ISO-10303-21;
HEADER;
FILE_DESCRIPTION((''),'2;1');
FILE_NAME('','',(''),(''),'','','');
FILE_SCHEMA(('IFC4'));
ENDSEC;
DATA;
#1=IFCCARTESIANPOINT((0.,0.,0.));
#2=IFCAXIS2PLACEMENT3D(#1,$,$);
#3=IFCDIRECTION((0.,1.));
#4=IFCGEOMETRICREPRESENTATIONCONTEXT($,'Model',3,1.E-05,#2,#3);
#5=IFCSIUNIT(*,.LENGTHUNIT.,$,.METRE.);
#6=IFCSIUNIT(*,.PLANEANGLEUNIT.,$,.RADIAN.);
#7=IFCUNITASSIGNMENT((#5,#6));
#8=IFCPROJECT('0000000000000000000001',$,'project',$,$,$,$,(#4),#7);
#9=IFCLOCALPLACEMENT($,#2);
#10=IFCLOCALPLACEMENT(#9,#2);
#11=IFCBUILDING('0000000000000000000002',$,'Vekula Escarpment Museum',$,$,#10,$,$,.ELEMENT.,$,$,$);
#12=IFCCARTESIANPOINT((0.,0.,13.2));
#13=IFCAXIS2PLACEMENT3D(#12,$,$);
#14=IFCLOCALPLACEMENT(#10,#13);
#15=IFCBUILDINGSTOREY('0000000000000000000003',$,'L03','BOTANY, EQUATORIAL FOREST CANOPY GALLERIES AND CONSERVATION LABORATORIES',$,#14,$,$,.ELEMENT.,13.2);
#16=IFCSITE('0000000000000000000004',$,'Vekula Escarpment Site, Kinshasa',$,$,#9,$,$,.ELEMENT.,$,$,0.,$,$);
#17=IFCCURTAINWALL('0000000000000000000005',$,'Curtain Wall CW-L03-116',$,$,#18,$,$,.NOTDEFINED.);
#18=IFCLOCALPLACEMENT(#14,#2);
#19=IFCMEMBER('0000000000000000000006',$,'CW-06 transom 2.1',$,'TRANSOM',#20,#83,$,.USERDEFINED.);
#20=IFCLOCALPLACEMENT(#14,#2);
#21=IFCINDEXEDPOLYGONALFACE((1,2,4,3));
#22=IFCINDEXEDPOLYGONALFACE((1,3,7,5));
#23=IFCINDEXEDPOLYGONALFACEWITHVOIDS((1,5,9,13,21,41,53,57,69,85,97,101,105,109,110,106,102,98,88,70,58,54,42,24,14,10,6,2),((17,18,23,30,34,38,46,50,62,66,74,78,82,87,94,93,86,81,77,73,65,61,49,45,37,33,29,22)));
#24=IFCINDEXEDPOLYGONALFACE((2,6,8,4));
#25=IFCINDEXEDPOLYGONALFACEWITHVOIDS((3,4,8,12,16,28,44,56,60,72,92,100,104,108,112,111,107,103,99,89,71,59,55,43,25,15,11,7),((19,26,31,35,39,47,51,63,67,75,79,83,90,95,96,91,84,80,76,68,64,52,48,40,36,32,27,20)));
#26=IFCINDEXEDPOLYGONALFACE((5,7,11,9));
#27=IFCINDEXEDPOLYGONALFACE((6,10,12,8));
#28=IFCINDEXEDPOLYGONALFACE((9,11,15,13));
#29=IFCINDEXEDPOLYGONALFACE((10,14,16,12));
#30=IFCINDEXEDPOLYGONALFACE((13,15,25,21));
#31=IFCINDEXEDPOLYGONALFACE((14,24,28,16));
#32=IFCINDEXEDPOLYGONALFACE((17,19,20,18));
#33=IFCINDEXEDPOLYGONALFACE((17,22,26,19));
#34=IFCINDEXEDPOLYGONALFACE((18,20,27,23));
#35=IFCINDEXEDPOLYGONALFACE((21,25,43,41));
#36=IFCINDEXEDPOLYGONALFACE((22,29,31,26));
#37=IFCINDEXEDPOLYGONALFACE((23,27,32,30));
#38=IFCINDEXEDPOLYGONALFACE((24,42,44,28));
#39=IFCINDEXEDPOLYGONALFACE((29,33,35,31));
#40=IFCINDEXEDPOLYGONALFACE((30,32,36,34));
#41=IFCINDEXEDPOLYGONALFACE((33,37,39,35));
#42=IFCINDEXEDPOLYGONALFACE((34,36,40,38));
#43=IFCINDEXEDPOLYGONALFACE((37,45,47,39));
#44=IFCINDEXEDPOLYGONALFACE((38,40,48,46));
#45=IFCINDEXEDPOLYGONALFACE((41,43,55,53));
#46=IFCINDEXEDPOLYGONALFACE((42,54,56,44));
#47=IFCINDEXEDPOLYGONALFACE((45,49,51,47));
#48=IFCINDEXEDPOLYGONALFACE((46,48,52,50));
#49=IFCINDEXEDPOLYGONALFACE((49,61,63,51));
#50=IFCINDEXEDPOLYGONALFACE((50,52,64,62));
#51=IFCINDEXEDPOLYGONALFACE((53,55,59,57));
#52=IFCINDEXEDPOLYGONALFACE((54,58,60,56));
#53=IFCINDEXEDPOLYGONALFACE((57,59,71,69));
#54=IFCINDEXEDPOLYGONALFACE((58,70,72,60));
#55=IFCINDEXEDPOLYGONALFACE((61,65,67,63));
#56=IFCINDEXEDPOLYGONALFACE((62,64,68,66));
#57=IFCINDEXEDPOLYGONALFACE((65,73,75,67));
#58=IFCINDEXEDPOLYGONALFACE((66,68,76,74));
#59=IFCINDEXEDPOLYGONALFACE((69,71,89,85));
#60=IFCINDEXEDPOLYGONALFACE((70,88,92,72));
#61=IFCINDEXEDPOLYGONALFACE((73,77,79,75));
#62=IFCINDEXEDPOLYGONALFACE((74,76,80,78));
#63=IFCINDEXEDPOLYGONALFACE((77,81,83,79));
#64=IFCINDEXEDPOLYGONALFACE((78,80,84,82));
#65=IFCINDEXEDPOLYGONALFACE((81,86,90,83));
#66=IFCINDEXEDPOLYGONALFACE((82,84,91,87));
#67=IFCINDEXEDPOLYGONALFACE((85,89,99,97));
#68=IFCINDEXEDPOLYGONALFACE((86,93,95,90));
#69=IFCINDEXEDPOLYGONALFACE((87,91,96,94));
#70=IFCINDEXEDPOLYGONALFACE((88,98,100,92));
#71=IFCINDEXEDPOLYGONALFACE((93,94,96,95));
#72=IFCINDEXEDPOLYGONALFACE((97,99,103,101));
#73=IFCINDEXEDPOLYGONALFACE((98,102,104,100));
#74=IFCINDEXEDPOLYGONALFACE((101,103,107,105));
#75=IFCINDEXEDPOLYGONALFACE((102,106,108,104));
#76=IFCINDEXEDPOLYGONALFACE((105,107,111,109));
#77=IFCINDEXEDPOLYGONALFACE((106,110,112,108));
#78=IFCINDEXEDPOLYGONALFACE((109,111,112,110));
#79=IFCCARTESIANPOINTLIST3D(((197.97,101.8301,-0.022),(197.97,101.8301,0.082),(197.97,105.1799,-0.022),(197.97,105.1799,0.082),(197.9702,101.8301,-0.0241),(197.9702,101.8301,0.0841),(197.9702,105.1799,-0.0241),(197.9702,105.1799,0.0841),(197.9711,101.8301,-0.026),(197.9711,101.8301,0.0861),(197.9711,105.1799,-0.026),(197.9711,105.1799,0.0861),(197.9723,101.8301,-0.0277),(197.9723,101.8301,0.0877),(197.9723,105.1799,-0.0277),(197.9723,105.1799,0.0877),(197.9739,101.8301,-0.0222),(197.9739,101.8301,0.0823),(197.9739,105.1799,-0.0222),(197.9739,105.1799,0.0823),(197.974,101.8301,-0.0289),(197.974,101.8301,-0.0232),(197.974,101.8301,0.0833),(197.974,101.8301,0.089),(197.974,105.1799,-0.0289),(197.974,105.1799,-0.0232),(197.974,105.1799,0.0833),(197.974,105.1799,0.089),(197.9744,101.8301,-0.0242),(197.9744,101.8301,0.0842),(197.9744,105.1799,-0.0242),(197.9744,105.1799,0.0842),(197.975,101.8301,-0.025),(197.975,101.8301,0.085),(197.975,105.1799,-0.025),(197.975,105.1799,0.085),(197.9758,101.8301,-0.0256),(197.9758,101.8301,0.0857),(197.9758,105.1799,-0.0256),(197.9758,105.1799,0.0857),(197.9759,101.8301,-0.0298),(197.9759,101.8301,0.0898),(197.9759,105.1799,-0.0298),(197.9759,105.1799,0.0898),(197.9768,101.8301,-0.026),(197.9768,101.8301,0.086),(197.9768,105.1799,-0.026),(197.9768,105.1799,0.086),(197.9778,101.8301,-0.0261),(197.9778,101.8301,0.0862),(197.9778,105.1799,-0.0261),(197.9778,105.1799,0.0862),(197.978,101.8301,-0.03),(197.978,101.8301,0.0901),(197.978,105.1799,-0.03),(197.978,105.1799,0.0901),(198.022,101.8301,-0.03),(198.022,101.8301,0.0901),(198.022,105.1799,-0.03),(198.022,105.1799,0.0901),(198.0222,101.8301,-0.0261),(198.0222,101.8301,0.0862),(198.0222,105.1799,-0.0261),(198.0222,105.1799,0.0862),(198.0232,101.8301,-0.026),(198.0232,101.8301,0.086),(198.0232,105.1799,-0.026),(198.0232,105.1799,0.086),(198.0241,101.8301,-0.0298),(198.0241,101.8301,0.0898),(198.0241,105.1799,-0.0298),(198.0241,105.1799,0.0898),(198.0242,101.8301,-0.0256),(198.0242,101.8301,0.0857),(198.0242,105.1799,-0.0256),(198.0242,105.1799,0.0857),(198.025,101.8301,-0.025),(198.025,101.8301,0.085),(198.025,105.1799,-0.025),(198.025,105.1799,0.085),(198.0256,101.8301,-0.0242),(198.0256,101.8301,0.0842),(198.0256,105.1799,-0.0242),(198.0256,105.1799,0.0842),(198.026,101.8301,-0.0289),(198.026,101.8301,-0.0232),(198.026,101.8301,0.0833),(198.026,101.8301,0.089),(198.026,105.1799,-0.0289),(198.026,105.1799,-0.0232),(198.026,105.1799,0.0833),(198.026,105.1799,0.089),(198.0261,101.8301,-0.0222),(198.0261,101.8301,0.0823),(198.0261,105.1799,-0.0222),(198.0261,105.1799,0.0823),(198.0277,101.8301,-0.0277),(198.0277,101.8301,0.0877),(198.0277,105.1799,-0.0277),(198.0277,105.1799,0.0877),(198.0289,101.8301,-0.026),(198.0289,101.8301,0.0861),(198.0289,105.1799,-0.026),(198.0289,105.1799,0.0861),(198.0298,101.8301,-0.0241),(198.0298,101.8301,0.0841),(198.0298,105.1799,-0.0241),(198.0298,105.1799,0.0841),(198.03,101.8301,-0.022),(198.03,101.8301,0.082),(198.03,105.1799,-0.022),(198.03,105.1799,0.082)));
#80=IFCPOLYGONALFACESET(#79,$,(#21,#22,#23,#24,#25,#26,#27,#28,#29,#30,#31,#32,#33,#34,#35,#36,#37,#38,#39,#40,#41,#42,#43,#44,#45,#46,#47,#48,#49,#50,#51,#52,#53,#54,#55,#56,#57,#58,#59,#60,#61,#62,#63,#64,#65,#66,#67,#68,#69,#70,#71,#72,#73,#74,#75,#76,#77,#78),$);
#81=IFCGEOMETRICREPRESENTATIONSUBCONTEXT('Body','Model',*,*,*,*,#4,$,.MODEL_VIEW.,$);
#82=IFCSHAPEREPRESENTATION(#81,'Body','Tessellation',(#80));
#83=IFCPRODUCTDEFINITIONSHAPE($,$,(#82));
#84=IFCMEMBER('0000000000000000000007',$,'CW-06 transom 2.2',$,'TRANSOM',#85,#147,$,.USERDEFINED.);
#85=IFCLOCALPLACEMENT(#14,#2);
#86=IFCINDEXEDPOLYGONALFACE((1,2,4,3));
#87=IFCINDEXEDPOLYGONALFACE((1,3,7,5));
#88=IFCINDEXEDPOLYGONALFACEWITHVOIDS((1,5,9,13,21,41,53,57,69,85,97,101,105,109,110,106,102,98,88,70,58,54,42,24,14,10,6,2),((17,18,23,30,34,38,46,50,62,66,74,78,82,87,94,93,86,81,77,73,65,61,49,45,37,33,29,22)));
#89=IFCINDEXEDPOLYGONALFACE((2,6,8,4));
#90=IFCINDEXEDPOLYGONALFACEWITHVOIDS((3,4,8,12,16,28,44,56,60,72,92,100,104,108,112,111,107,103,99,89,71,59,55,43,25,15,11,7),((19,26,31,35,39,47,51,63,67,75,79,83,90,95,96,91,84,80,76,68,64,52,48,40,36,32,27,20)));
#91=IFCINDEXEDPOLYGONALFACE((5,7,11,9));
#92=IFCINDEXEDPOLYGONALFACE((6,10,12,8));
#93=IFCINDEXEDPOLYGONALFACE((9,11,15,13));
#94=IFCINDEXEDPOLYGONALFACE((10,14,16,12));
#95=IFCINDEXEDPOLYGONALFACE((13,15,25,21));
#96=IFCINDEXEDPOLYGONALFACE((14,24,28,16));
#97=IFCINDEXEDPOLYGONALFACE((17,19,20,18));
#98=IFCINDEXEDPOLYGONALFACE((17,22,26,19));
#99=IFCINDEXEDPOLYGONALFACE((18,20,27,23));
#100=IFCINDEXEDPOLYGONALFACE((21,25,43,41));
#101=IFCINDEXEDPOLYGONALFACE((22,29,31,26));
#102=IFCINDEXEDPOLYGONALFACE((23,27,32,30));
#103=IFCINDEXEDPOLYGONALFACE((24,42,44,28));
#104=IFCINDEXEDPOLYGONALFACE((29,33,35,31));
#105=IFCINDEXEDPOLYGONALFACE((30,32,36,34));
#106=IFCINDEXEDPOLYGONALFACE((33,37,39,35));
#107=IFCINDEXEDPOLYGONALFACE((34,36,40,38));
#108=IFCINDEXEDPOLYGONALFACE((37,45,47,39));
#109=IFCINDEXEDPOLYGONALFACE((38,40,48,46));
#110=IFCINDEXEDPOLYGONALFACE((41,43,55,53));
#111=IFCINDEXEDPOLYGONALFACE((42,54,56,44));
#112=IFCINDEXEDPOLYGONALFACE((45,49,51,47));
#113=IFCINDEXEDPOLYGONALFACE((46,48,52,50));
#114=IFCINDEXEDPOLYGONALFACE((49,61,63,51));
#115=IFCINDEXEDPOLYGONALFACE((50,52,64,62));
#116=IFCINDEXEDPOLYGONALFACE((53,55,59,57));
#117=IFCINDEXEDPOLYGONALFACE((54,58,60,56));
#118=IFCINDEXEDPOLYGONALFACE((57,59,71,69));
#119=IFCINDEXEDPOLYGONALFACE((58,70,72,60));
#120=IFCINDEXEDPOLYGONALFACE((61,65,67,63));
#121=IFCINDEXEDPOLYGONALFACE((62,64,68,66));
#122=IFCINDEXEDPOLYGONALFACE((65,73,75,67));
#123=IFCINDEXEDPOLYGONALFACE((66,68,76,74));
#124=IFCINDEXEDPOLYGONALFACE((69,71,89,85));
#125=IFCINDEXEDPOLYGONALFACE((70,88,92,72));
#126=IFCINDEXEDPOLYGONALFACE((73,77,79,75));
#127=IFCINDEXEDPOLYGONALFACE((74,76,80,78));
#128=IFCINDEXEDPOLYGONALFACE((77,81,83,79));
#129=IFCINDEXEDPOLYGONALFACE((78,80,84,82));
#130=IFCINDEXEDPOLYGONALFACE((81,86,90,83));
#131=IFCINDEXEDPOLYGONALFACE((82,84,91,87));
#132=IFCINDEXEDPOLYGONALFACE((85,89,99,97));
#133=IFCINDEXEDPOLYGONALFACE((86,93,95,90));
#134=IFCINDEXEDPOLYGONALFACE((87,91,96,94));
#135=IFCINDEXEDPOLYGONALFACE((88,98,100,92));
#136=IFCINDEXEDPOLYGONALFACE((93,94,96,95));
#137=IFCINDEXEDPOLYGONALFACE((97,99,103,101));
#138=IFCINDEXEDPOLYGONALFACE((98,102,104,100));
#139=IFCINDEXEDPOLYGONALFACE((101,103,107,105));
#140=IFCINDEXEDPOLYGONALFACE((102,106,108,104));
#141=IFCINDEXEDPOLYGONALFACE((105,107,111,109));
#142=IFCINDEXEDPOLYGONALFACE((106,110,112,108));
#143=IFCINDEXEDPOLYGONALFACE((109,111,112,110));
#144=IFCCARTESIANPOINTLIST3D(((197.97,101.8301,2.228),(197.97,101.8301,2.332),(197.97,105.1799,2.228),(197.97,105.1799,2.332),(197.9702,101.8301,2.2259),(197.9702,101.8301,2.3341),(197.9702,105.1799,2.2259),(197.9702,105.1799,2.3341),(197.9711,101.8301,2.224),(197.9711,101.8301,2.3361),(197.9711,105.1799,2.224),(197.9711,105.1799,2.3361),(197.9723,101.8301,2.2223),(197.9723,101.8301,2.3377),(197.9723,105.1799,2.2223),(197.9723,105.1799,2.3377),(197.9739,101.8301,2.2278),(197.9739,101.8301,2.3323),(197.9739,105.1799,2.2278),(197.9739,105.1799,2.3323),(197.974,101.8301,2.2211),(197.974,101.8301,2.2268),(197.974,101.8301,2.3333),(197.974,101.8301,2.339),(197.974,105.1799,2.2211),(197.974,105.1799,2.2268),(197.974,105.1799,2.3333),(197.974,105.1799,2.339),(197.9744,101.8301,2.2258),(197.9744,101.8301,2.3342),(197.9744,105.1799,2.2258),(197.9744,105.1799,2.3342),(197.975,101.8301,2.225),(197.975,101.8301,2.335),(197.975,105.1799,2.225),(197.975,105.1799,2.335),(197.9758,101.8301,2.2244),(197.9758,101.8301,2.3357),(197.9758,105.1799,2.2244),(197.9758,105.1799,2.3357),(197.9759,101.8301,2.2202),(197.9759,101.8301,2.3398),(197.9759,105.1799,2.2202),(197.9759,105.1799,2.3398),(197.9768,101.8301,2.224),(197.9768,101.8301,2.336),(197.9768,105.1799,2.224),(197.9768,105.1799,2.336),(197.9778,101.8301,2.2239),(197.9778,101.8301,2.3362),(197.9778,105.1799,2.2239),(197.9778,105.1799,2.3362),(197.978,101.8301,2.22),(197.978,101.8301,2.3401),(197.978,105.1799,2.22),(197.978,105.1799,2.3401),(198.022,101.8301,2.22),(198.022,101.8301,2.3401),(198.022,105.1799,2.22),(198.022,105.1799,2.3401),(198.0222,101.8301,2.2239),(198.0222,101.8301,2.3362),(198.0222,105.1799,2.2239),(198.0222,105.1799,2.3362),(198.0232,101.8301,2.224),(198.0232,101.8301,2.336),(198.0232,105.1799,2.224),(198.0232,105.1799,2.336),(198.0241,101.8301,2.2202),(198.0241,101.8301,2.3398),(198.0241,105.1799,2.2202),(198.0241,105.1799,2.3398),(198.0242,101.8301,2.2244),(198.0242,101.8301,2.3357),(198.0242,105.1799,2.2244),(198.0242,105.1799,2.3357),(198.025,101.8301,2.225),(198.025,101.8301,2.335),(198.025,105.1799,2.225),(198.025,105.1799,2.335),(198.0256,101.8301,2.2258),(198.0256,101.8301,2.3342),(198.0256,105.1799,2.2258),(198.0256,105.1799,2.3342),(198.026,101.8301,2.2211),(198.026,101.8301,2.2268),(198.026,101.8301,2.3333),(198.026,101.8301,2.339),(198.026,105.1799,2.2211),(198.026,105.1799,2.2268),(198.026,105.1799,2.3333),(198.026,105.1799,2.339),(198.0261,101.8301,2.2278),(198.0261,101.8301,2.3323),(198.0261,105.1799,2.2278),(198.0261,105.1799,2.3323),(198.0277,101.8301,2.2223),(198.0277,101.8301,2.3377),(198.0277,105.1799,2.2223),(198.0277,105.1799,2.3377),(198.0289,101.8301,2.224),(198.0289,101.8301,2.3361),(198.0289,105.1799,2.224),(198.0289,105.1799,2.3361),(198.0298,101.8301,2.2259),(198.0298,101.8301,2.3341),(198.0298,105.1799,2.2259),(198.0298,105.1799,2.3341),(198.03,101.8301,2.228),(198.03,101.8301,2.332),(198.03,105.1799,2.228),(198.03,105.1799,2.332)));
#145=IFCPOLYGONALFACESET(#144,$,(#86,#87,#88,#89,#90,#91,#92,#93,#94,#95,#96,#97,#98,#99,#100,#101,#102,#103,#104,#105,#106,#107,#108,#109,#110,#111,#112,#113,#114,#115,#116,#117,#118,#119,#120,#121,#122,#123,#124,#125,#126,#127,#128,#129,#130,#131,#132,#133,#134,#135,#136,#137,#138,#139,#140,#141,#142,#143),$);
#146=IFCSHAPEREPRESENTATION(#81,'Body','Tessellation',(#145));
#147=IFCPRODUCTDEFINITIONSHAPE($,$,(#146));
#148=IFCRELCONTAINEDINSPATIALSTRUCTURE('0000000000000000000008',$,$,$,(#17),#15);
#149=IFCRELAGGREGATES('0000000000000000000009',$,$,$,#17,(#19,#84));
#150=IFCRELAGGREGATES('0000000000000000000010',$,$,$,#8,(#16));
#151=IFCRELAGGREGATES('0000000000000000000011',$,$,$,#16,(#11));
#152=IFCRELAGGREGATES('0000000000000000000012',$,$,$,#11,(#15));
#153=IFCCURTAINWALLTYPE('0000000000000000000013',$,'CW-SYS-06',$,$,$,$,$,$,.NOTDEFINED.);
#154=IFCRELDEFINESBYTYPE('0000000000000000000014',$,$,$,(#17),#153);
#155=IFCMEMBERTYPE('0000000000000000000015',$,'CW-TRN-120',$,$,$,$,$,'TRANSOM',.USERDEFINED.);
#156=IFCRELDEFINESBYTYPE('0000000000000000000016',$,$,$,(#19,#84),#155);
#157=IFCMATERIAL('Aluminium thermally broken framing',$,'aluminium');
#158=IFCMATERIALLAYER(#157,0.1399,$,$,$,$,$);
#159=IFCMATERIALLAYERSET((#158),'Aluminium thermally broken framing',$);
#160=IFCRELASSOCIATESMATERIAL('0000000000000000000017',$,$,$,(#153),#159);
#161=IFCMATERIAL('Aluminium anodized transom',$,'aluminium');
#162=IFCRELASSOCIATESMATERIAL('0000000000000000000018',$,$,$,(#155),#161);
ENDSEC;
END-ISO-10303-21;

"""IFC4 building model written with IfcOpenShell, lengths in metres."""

from ifc_helpers import new_model, si_unit, direction, frame, origin, origin_2d, place, context, subcontext, project, spatial, hollow_rectangle, extrude, material, layer, layer_set, material_profile, profile_set, type_object, element, aggregate, save


model = new_model("IFC4")

# Units and contexts
model_context = context("Model", 3, precision=1e-05, world=origin(), true_north=direction((0.0, 1.0)))
body_context = subcontext(model_context, "Body", "Model", "MODEL_VIEW")
ifc_project = project(units=[si_unit("LENGTHUNIT", "METRE"), si_unit("PLANEANGLEUNIT", "RADIAN")], contexts=[model_context])

# Site, building, storey
site_placement = place(None, origin())
site = spatial("IfcSite", under=ifc_project, at=site_placement, Name="Vekula Escarpment Site, Kinshasa", CompositionType="ELEMENT", RefElevation=0.0)
building_placement = place(site_placement, origin())
building = spatial("IfcBuilding", under=site, at=building_placement, Name="Vekula Escarpment Museum", CompositionType="ELEMENT")
storey_placement = place(building_placement, frame((0.0, 0.0, 13.2)))
storey = spatial("IfcBuildingStorey", under=building, at=storey_placement, Name="L03", Description="BOTANY, EQUATORIAL FOREST CANOPY GALLERIES AND CONSERVATION LABORATORIES", CompositionType="ELEMENT", Elevation=13.2)

# Curtain wall, members
ifc_material_1 = material(Name="Aluminium thermally broken framing", Category="aluminium")
ifc_layer_1 = layer(ifc_material_1, 0.1399)
ifc_layer_set_1 = layer_set([ifc_layer_1], Name="Aluminium thermally broken framing")
curtain_wall_type = type_object("IfcCurtainWallType", Name="CW-SYS-06", PredefinedType="NOTDEFINED", material=ifc_layer_set_1)
curtain_wall_placement = place(storey_placement, origin())
curtain_wall = element("IfcCurtainWall", 1, at=curtain_wall_placement, inside=storey, type_object=curtain_wall_type, Name="Curtain Wall CW-L03-116", PredefinedType="NOTDEFINED")
ifc_material_2 = material(Name="Aluminium anodized transom", Category="aluminium")
ifc_material_profile_1 = material_profile(ifc_material_2, hollow_rectangle(XDim=0.0601, YDim=0.1201, WallThickness=0.0039, InnerFilletRadius=0.0039, OuterFilletRadius=0.0081, at=origin_2d()), Name="ALU 120x60x4")
ifc_profile_set_1 = profile_set([ifc_material_profile_1], Name="Aluminium anodized transom")
member_type_1 = type_object("IfcMemberType", Name="CW-TRN-120", ElementType="TRANSOM", PredefinedType="USERDEFINED", material=ifc_profile_set_1)
member_1_placement = place(storey_placement, frame((198.0, 101.8301, 0.03), z_axis=(0.0, 1.0, 0.0), x_axis=(-1.0, 0.0, 0.0)))
member_1 = element("IfcMember", 2, at=member_1_placement, type_object=member_type_1, Name="CW-06 transom 2.1", ObjectType="TRANSOM", PredefinedType="USERDEFINED", context=body_context, shape_type="SweptSolid", body=[
    extrude(hollow_rectangle(XDim=0.0601, YDim=0.1201, WallThickness=0.0039, InnerFilletRadius=0.0039, OuterFilletRadius=0.0081, at=origin_2d()), origin(), (0.0, 0.0, 1.0), 3.3499),
])
member_2_placement = place(storey_placement, frame((198.0, 101.8301, 2.28), z_axis=(0.0, 1.0, 0.0), x_axis=(-1.0, 0.0, 0.0)))
member_2 = element("IfcMember", 3, at=member_2_placement, type_object=member_type_1, Name="CW-06 transom 2.2", ObjectType="TRANSOM", PredefinedType="USERDEFINED", context=body_context, shape_type="SweptSolid", body=[
    extrude(hollow_rectangle(XDim=0.0601, YDim=0.1201, WallThickness=0.0039, InnerFilletRadius=0.0039, OuterFilletRadius=0.0081, at=origin_2d()), origin(), (0.0, 0.0, 1.0), 3.3499),
])

aggregate(curtain_wall, [member_1, member_2])

save(model, "model.ifc")
